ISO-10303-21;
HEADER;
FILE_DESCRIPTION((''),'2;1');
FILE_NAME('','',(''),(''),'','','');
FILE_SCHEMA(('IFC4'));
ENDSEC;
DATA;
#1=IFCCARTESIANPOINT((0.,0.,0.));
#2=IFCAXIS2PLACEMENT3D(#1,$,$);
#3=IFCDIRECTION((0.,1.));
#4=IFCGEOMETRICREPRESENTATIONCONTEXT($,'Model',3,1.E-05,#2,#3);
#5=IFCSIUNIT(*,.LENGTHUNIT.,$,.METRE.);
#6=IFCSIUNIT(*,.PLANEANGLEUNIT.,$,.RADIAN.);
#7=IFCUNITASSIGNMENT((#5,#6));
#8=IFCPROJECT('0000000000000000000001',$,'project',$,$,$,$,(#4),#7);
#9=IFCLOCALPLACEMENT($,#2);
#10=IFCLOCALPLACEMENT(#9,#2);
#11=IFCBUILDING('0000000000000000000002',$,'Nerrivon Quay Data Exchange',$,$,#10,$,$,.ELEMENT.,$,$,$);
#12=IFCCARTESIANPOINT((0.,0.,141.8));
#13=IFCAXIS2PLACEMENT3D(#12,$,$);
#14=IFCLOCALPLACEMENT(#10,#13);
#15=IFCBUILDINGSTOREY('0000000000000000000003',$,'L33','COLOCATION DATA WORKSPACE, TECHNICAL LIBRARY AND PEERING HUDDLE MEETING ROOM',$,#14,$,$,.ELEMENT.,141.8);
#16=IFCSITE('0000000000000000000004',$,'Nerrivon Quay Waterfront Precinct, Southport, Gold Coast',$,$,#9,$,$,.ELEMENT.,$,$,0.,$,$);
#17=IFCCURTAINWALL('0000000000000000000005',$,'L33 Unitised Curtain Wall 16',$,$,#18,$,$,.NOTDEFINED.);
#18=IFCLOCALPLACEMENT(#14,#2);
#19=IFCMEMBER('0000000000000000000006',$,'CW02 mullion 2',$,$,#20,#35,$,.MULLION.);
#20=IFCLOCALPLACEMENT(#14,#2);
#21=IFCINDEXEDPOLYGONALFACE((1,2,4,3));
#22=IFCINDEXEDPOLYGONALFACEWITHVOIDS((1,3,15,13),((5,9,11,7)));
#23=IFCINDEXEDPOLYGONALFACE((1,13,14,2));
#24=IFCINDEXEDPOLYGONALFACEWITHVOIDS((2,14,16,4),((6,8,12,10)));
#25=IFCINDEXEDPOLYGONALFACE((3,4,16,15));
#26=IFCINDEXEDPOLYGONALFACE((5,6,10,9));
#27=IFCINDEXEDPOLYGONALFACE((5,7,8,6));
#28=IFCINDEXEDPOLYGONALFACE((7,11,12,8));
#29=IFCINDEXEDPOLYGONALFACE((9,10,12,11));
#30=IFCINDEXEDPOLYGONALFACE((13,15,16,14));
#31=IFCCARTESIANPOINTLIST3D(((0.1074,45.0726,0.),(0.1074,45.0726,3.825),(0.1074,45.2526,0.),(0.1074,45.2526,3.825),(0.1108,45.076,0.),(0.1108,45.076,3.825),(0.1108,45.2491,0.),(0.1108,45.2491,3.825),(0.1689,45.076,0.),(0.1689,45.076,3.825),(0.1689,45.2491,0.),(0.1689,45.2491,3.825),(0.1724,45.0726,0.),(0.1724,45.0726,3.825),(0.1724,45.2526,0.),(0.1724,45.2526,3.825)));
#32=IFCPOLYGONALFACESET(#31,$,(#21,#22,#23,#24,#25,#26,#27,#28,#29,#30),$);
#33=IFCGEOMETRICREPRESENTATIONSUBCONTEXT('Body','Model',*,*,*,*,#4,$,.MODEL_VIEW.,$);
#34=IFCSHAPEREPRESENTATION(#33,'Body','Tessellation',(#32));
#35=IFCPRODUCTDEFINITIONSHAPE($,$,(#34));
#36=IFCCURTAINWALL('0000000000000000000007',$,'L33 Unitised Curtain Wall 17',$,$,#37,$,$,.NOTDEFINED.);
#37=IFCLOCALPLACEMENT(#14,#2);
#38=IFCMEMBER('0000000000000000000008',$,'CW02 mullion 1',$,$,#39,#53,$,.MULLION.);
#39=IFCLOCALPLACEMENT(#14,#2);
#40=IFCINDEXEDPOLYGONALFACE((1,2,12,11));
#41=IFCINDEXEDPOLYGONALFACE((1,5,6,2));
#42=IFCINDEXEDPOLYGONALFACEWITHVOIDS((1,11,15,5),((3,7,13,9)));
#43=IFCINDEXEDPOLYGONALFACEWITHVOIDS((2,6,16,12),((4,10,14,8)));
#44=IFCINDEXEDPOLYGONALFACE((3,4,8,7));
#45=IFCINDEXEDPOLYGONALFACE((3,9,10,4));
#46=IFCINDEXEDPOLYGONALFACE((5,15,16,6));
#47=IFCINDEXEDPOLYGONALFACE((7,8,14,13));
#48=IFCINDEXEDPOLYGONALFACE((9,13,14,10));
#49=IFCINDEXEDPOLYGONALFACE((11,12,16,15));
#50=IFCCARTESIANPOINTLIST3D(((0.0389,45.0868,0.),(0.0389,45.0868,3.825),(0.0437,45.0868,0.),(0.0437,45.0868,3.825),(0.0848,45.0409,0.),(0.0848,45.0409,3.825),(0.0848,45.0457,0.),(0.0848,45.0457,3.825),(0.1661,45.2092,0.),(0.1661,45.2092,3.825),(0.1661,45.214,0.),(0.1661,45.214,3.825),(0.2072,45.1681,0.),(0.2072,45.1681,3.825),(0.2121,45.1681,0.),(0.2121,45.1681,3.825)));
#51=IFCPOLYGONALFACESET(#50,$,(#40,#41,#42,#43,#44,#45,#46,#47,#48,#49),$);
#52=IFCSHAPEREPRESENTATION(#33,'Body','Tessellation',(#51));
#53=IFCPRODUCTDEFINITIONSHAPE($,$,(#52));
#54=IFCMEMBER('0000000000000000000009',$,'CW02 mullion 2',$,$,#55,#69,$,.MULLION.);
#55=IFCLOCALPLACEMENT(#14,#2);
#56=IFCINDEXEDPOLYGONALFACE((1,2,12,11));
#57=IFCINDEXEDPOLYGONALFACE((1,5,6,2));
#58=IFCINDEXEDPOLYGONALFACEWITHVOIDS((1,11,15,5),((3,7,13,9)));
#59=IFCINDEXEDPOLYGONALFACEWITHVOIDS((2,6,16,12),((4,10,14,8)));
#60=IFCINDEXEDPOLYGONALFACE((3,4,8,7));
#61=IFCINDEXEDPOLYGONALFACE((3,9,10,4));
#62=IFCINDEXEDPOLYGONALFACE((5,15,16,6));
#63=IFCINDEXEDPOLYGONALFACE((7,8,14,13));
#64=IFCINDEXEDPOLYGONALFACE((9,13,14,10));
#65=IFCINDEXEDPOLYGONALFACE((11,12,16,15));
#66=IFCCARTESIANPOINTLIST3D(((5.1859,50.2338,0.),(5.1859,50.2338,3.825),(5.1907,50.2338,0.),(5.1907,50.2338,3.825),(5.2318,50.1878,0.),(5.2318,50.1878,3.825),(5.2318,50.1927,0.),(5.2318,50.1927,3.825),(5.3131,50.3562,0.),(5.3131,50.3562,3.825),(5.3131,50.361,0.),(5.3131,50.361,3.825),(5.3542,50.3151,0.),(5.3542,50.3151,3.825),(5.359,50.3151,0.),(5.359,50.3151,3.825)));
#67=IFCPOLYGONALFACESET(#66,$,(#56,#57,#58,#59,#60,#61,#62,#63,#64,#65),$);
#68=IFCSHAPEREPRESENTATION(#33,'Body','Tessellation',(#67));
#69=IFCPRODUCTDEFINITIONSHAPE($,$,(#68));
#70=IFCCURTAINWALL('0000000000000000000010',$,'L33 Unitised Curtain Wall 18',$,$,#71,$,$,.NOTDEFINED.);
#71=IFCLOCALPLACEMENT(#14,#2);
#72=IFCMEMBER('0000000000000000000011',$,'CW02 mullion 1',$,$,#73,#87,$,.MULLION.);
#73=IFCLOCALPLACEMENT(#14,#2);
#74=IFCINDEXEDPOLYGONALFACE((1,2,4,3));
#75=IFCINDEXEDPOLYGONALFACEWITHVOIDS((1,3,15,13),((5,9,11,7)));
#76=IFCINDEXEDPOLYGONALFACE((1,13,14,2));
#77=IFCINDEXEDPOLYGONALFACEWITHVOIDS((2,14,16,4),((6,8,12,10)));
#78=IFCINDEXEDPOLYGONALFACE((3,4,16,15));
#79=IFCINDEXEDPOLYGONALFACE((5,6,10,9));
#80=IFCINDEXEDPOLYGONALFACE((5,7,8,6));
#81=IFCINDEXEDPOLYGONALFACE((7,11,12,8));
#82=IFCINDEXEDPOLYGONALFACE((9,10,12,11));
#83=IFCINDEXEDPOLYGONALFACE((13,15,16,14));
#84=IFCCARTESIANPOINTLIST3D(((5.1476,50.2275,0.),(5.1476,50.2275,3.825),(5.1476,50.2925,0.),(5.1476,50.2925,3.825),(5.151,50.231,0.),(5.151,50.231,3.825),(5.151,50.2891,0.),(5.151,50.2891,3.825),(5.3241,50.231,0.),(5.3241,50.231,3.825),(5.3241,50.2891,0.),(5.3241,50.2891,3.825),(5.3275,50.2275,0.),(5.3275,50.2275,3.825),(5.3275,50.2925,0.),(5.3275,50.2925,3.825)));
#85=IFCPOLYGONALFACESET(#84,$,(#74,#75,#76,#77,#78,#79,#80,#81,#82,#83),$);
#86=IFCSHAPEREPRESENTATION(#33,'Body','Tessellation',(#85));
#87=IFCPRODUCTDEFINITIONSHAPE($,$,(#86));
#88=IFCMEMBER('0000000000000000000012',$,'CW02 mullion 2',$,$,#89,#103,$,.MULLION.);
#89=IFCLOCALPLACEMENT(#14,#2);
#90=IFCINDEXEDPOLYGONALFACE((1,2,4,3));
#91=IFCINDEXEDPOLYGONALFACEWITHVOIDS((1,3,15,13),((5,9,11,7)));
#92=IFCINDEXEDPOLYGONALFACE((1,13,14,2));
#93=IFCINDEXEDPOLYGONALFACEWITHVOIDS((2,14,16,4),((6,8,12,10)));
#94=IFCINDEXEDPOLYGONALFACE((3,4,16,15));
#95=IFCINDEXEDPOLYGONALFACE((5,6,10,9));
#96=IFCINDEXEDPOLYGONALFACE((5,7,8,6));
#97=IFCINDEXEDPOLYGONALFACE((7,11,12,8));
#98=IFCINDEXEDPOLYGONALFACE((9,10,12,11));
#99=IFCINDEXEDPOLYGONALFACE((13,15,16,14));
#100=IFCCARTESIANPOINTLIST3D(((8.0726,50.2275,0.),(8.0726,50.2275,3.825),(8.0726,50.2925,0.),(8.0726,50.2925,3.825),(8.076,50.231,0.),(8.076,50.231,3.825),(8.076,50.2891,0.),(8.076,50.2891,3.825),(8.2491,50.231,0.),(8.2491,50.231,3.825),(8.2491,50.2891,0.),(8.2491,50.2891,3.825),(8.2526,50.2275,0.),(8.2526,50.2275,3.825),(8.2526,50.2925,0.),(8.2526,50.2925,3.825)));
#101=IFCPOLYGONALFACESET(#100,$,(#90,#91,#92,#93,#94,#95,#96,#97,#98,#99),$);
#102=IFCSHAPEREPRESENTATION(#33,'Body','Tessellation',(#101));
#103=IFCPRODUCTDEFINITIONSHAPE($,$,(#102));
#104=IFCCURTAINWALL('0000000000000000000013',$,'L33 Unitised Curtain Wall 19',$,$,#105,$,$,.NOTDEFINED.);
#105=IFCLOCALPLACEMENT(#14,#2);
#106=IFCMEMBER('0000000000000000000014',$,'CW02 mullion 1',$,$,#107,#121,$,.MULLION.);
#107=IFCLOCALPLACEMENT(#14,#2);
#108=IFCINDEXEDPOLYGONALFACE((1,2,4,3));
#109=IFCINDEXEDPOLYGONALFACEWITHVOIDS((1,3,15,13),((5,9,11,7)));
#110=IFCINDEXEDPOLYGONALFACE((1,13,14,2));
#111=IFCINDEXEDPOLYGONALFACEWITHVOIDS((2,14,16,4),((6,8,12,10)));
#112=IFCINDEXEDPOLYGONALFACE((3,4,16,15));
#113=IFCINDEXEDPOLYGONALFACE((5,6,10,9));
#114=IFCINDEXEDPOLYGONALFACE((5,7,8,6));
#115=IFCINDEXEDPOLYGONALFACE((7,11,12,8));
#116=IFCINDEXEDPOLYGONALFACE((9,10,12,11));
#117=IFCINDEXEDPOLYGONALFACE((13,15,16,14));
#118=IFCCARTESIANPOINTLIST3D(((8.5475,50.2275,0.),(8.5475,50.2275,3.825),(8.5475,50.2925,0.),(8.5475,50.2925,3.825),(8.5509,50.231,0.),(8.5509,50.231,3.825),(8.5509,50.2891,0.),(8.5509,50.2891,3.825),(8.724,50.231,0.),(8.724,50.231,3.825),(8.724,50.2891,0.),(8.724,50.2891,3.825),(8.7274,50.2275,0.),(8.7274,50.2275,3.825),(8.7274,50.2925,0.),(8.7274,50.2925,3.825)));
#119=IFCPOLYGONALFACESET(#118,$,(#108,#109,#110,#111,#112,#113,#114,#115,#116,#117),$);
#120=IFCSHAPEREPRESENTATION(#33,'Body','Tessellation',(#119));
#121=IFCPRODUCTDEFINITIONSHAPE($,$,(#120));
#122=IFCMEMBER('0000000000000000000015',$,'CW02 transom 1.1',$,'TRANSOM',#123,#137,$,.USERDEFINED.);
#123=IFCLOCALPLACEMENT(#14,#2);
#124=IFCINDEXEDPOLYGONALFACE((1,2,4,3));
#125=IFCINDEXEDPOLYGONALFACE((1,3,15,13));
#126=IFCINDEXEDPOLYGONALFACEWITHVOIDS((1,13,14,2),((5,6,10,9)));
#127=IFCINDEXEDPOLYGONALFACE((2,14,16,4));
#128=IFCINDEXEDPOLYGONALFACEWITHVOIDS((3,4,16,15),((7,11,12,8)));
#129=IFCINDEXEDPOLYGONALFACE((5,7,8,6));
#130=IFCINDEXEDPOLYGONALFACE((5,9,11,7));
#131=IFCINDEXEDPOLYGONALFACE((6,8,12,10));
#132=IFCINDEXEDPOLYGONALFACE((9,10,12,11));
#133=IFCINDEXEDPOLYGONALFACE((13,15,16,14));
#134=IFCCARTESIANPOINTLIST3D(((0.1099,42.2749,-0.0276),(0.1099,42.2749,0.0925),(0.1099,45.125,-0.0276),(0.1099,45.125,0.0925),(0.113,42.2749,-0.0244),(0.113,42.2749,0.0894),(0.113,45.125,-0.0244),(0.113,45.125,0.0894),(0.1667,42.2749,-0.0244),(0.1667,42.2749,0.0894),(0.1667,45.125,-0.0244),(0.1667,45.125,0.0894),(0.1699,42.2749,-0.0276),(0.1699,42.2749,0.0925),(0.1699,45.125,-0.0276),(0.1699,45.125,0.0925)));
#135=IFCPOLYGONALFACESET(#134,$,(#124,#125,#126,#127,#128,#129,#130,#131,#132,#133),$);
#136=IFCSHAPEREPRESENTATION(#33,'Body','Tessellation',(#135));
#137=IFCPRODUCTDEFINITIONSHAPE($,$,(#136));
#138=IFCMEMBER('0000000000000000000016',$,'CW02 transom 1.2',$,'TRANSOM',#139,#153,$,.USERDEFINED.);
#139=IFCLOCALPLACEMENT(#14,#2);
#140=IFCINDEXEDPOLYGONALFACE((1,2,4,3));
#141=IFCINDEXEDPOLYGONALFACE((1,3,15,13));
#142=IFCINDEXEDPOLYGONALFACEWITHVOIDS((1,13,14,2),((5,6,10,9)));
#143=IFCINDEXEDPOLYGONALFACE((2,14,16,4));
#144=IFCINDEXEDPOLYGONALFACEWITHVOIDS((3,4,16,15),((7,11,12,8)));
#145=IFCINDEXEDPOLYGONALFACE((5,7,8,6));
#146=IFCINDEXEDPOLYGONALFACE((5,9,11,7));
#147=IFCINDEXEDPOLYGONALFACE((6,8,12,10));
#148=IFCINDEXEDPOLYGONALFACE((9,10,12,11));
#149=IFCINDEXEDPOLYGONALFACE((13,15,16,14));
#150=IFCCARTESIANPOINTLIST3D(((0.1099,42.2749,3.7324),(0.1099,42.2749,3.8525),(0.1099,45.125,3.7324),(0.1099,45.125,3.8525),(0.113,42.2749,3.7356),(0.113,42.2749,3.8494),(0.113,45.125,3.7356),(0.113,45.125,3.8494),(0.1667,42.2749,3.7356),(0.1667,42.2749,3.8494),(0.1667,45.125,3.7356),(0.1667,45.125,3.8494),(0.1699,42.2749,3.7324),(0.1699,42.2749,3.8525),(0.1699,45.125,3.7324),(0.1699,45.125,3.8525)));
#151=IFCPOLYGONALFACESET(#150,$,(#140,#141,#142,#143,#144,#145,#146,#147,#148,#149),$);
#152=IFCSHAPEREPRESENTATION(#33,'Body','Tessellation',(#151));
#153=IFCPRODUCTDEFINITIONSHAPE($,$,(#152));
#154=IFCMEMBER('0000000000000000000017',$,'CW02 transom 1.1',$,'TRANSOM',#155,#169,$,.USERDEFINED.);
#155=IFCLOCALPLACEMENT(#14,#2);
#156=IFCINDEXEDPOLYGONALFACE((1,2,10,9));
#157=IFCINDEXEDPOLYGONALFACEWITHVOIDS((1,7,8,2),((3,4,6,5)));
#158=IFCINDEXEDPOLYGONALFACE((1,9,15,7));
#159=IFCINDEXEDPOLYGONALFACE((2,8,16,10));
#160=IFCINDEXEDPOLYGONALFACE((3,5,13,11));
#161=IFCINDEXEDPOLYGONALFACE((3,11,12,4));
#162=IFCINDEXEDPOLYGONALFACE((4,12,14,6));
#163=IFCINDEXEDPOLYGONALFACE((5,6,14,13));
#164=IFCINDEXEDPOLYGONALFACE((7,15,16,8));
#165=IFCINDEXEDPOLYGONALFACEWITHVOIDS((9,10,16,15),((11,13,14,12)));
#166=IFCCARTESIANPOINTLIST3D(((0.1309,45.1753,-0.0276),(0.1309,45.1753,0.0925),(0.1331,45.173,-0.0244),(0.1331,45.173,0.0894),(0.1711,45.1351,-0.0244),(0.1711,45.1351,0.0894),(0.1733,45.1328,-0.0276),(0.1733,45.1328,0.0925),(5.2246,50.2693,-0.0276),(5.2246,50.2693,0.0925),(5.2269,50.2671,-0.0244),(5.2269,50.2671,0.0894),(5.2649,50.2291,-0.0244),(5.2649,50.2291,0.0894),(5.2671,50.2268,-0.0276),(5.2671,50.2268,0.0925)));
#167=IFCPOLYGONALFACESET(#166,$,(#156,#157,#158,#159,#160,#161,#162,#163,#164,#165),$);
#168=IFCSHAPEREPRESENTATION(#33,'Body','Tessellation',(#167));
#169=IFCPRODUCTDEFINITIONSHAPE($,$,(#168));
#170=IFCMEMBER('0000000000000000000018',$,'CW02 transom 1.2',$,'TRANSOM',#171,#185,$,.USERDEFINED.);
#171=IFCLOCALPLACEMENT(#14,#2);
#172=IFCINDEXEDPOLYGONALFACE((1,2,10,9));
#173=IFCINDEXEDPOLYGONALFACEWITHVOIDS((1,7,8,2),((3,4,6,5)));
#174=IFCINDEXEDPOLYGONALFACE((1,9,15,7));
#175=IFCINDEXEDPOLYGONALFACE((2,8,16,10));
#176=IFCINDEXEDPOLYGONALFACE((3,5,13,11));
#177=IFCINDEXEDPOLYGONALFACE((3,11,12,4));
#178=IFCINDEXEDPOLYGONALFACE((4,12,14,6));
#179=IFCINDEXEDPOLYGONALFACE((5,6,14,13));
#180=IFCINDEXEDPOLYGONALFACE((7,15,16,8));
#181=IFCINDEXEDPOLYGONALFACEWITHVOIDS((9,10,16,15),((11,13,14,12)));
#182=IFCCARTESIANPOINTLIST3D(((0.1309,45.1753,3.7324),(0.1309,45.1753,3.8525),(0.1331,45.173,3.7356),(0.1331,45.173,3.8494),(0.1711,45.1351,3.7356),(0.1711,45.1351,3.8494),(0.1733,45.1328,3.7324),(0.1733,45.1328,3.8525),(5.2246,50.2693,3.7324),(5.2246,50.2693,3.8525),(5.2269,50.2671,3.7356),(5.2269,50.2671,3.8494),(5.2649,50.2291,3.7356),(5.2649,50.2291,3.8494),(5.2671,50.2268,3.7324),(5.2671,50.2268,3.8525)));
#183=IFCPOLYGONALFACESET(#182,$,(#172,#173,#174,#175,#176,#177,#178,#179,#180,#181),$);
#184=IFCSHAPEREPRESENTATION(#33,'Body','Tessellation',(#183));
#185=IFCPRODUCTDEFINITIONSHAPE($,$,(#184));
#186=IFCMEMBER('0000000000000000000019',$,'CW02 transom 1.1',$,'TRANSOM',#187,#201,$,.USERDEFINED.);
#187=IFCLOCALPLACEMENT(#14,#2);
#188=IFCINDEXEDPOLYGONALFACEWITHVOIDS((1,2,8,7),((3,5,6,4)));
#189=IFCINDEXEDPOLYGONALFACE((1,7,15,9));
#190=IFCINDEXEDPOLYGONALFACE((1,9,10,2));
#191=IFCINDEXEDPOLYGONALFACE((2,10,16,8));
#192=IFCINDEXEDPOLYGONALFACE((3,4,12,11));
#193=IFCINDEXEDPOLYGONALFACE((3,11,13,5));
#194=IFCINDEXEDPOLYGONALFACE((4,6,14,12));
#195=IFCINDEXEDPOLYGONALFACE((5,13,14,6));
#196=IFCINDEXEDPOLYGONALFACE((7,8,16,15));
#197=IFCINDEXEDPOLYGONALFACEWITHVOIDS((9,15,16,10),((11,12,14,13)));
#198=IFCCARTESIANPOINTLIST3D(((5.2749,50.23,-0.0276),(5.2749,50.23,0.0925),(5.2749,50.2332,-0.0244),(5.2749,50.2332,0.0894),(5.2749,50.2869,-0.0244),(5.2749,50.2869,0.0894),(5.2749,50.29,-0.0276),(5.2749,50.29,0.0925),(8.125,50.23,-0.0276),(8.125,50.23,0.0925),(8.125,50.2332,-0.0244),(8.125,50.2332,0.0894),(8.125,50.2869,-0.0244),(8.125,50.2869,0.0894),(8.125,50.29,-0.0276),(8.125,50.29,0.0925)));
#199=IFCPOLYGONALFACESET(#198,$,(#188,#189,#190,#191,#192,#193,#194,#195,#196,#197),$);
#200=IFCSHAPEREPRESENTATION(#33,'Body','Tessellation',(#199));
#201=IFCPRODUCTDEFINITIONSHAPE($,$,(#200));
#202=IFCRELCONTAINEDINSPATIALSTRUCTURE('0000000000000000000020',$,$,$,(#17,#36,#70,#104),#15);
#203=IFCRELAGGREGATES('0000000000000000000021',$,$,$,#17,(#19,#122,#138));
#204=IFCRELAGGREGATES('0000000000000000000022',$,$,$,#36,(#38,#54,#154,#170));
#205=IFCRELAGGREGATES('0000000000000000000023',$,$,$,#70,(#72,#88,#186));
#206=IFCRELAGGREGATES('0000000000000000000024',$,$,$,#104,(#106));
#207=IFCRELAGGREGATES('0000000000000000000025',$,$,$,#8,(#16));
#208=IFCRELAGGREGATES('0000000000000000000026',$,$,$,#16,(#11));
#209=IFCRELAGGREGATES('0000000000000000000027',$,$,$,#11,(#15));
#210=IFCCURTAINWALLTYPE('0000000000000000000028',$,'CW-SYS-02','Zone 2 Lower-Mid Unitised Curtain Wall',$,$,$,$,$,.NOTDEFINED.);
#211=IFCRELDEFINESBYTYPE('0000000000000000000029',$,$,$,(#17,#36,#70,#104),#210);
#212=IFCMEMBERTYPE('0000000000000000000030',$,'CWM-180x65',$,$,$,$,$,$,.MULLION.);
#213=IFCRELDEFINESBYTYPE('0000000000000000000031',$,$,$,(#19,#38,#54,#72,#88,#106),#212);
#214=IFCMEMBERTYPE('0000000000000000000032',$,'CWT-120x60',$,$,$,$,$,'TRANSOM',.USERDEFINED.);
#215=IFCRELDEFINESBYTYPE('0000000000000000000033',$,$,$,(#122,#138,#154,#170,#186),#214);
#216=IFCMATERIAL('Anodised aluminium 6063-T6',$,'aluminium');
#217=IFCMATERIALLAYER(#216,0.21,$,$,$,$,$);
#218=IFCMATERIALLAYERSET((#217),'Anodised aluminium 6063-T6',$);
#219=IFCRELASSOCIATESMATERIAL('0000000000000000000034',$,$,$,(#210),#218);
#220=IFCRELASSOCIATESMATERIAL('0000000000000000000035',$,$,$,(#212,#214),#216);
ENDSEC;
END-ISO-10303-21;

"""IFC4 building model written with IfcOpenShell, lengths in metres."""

from ifc_helpers import new_model, si_unit, direction, frame, origin, origin_2d, place, context, subcontext, project, spatial, hollow_rectangle, extrude, material, layer, layer_set, material_profile, profile_set, type_object, element, aggregate, save


model = new_model("IFC4")

# Units and contexts
model_context = context("Model", 3, precision=1e-05, world=origin(), true_north=direction((0.0, 1.0)))
body_context = subcontext(model_context, "Body", "Model", "MODEL_VIEW")
ifc_project = project(units=[si_unit("LENGTHUNIT", "METRE"), si_unit("PLANEANGLEUNIT", "RADIAN")], contexts=[model_context])

# Site, building, storey
site_placement = place(None, origin())
site = spatial("IfcSite", under=ifc_project, at=site_placement, Name="Nerrivon Quay Waterfront Precinct, Southport, Gold Coast", CompositionType="ELEMENT", RefElevation=0.0)
building_placement = place(site_placement, origin())
building = spatial("IfcBuilding", under=site, at=building_placement, Name="Nerrivon Quay Data Exchange", CompositionType="ELEMENT")
storey_placement = place(building_placement, frame((0.0, 0.0, 141.8)))
storey = spatial("IfcBuildingStorey", under=building, at=storey_placement, Name="L33", Description="COLOCATION DATA WORKSPACE, TECHNICAL LIBRARY AND PEERING HUDDLE MEETING ROOM", CompositionType="ELEMENT", Elevation=141.8)

# Curtain walls, members
ifc_material_1 = material(Name="Anodised aluminium 6063-T6", Category="aluminium")
ifc_layer_1 = layer(ifc_material_1, 0.21)
ifc_layer_set_1 = layer_set([ifc_layer_1], Name="Anodised aluminium 6063-T6")
curtain_wall_type = type_object("IfcCurtainWallType", Name="CW-SYS-02", Description="Zone 2 Lower-Mid Unitised Curtain Wall", PredefinedType="NOTDEFINED", material=ifc_layer_set_1)
curtain_wall_1_placement = place(storey_placement, origin())
curtain_wall_1 = element("IfcCurtainWall", 1, at=curtain_wall_1_placement, inside=storey, type_object=curtain_wall_type, Name="L33 Unitised Curtain Wall 16", PredefinedType="NOTDEFINED")
ifc_material_profile_1 = material_profile(ifc_material_1, hollow_rectangle(XDim=0.0649, YDim=0.1799, WallThickness=0.0034, at=origin_2d()), Name="ALU-MULL-180x65")
ifc_profile_set_1 = profile_set([ifc_material_profile_1], Name="Anodised aluminium 6063-T6")
member_type_1 = type_object("IfcMemberType", Name="CWM-180x65", PredefinedType="MULLION", material=ifc_profile_set_1)
member_1_placement = place(storey_placement, frame((0.1399, 45.1626, 0.0), z_axis=(0.0, 0.0, 1.0), x_axis=(-1.0, 0.0, 0.0)))
member_1 = element("IfcMember", 2, at=member_1_placement, type_object=member_type_1, Name="CW02 mullion 2", PredefinedType="MULLION", context=body_context, shape_type="SweptSolid", body=[
    extrude(hollow_rectangle(XDim=0.0649, YDim=0.1799, WallThickness=0.0034, at=origin_2d()), origin(), (0.0, 0.0, 1.0), 3.825),
])
curtain_wall_2_placement = place(storey_placement, origin())
curtain_wall_2 = element("IfcCurtainWall", 3, at=curtain_wall_2_placement, inside=storey, type_object=curtain_wall_type, Name="L33 Unitised Curtain Wall 17", PredefinedType="NOTDEFINED")
member_2_placement = place(storey_placement, frame((0.1255, 45.1274, 0.0), z_axis=(0.0, 0.0, 1.0), x_axis=(-0.707107, 0.707107, 0.0)))
member_2 = element("IfcMember", 4, at=member_2_placement, type_object=member_type_1, Name="CW02 mullion 1", PredefinedType="MULLION", context=body_context, shape_type="SweptSolid", body=[
    extrude(hollow_rectangle(XDim=0.0649, YDim=0.1799, WallThickness=0.0034, at=origin_2d()), origin(), (0.0, 0.0, 1.0), 3.825),
])
member_3_placement = place(storey_placement, frame((5.2725, 50.2744, 0.0), z_axis=(0.0, 0.0, 1.0), x_axis=(-0.707107, 0.707107, 0.0)))
member_3 = element("IfcMember", 5, at=member_3_placement, type_object=member_type_1, Name="CW02 mullion 2", PredefinedType="MULLION", context=body_context, shape_type="SweptSolid", body=[
    extrude(hollow_rectangle(XDim=0.0649, YDim=0.1799, WallThickness=0.0034, at=origin_2d()), origin(), (0.0, 0.0, 1.0), 3.825),
])
curtain_wall_3_placement = place(storey_placement, origin())
curtain_wall_3 = element("IfcCurtainWall", 6, at=curtain_wall_3_placement, inside=storey, type_object=curtain_wall_type, Name="L33 Unitised Curtain Wall 18", PredefinedType="NOTDEFINED")
member_4_placement = place(storey_placement, frame((5.2375, 50.26, 0.0), z_axis=(0.0, 0.0, 1.0), x_axis=(0.0, 1.0, 0.0)))
member_4 = element("IfcMember", 7, at=member_4_placement, type_object=member_type_1, Name="CW02 mullion 1", PredefinedType="MULLION", context=body_context, shape_type="SweptSolid", body=[
    extrude(hollow_rectangle(XDim=0.0649, YDim=0.1799, WallThickness=0.0034, at=origin_2d()), origin(), (0.0, 0.0, 1.0), 3.825),
])
member_5_placement = place(storey_placement, frame((8.1626, 50.26, 0.0), z_axis=(0.0, 0.0, 1.0), x_axis=(0.0, 1.0, 0.0)))
member_5 = element("IfcMember", 8, at=member_5_placement, type_object=member_type_1, Name="CW02 mullion 2", PredefinedType="MULLION", context=body_context, shape_type="SweptSolid", body=[
    extrude(hollow_rectangle(XDim=0.0649, YDim=0.1799, WallThickness=0.0034, at=origin_2d()), origin(), (0.0, 0.0, 1.0), 3.825),
])

# Curtain wall, member
curtain_wall_4_placement = place(storey_placement, origin())
curtain_wall_4 = element("IfcCurtainWall", 9, at=curtain_wall_4_placement, inside=storey, type_object=curtain_wall_type, Name="L33 Unitised Curtain Wall 19", PredefinedType="NOTDEFINED")
member_6_placement = place(storey_placement, frame((8.6375, 50.26, 0.0), z_axis=(0.0, 0.0, 1.0), x_axis=(0.0, 1.0, 0.0)))
member_6 = element("IfcMember", 10, at=member_6_placement, type_object=member_type_1, Name="CW02 mullion 1", PredefinedType="MULLION", context=body_context, shape_type="SweptSolid", body=[
    extrude(hollow_rectangle(XDim=0.0649, YDim=0.1799, WallThickness=0.0034, at=origin_2d()), origin(), (0.0, 0.0, 1.0), 3.825),
])

# Members
ifc_material_profile_2 = material_profile(ifc_material_1, hollow_rectangle(XDim=0.0601, YDim=0.1201, WallThickness=0.0032, at=origin_2d()), Name="ALU-TRAN-120x60")
ifc_profile_set_2 = profile_set([ifc_material_profile_2], Name="Anodised aluminium 6063-T6")
member_type_2 = type_object("IfcMemberType", Name="CWT-120x60", ElementType="TRANSOM", PredefinedType="USERDEFINED", material=ifc_profile_set_2)
member_7_placement = place(storey_placement, frame((0.1399, 42.2749, 0.0325), z_axis=(0.0, 1.0, 0.0), x_axis=(-1.0, 0.0, 0.0)))
member_7 = element("IfcMember", 11, at=member_7_placement, type_object=member_type_2, Name="CW02 transom 1.1", ObjectType="TRANSOM", PredefinedType="USERDEFINED", context=body_context, shape_type="SweptSolid", body=[
    extrude(hollow_rectangle(XDim=0.0601, YDim=0.1201, WallThickness=0.0032, at=origin_2d()), origin(), (0.0, 0.0, 1.0), 2.8501),
])
member_8_placement = place(storey_placement, frame((0.1399, 42.2749, 3.7925), z_axis=(0.0, 1.0, 0.0), x_axis=(-1.0, 0.0, 0.0)))
member_8 = element("IfcMember", 12, at=member_8_placement, type_object=member_type_2, Name="CW02 transom 1.2", ObjectType="TRANSOM", PredefinedType="USERDEFINED", context=body_context, shape_type="SweptSolid", body=[
    extrude(hollow_rectangle(XDim=0.0601, YDim=0.1201, WallThickness=0.0032, at=origin_2d()), origin(), (0.0, 0.0, 1.0), 2.8501),
])
member_9_placement = place(storey_placement, frame((0.1521, 45.1541, 0.0325), z_axis=(0.70709, 0.707124, 0.0), x_axis=(-0.707124, 0.70709, 0.0)))
member_9 = element("IfcMember", 13, at=member_9_placement, type_object=member_type_2, Name="CW02 transom 1.1", ObjectType="TRANSOM", PredefinedType="USERDEFINED", context=body_context, shape_type="SweptSolid", body=[
    extrude(hollow_rectangle(XDim=0.0601, YDim=0.1201, WallThickness=0.0032, at=origin_2d()), origin(), (0.0, 0.0, 1.0), 7.2039),
])
member_10_placement = place(storey_placement, frame((0.1521, 45.1541, 3.7925), z_axis=(0.70709, 0.707124, 0.0), x_axis=(-0.707124, 0.70709, 0.0)))
member_10 = element("IfcMember", 14, at=member_10_placement, type_object=member_type_2, Name="CW02 transom 1.2", ObjectType="TRANSOM", PredefinedType="USERDEFINED", context=body_context, shape_type="SweptSolid", body=[
    extrude(hollow_rectangle(XDim=0.0601, YDim=0.1201, WallThickness=0.0032, at=origin_2d()), origin(), (0.0, 0.0, 1.0), 7.2039),
])
member_11_placement = place(storey_placement, frame((5.2749, 50.26, 0.0325), z_axis=(1.0, 0.0, 0.0), x_axis=(0.0, 1.0, 0.0)))
member_11 = element("IfcMember", 15, at=member_11_placement, type_object=member_type_2, Name="CW02 transom 1.1", ObjectType="TRANSOM", PredefinedType="USERDEFINED", context=body_context, shape_type="SweptSolid", body=[
    extrude(hollow_rectangle(XDim=0.0601, YDim=0.1201, WallThickness=0.0032, at=origin_2d()), origin(), (0.0, 0.0, 1.0), 2.8501),
])

aggregate(curtain_wall_1, [member_1, member_7, member_8])
aggregate(curtain_wall_2, [member_2, member_3, member_9, member_10])
aggregate(curtain_wall_3, [member_4, member_5, member_11])
aggregate(curtain_wall_4, [member_6])

save(model, "model.ifc")
